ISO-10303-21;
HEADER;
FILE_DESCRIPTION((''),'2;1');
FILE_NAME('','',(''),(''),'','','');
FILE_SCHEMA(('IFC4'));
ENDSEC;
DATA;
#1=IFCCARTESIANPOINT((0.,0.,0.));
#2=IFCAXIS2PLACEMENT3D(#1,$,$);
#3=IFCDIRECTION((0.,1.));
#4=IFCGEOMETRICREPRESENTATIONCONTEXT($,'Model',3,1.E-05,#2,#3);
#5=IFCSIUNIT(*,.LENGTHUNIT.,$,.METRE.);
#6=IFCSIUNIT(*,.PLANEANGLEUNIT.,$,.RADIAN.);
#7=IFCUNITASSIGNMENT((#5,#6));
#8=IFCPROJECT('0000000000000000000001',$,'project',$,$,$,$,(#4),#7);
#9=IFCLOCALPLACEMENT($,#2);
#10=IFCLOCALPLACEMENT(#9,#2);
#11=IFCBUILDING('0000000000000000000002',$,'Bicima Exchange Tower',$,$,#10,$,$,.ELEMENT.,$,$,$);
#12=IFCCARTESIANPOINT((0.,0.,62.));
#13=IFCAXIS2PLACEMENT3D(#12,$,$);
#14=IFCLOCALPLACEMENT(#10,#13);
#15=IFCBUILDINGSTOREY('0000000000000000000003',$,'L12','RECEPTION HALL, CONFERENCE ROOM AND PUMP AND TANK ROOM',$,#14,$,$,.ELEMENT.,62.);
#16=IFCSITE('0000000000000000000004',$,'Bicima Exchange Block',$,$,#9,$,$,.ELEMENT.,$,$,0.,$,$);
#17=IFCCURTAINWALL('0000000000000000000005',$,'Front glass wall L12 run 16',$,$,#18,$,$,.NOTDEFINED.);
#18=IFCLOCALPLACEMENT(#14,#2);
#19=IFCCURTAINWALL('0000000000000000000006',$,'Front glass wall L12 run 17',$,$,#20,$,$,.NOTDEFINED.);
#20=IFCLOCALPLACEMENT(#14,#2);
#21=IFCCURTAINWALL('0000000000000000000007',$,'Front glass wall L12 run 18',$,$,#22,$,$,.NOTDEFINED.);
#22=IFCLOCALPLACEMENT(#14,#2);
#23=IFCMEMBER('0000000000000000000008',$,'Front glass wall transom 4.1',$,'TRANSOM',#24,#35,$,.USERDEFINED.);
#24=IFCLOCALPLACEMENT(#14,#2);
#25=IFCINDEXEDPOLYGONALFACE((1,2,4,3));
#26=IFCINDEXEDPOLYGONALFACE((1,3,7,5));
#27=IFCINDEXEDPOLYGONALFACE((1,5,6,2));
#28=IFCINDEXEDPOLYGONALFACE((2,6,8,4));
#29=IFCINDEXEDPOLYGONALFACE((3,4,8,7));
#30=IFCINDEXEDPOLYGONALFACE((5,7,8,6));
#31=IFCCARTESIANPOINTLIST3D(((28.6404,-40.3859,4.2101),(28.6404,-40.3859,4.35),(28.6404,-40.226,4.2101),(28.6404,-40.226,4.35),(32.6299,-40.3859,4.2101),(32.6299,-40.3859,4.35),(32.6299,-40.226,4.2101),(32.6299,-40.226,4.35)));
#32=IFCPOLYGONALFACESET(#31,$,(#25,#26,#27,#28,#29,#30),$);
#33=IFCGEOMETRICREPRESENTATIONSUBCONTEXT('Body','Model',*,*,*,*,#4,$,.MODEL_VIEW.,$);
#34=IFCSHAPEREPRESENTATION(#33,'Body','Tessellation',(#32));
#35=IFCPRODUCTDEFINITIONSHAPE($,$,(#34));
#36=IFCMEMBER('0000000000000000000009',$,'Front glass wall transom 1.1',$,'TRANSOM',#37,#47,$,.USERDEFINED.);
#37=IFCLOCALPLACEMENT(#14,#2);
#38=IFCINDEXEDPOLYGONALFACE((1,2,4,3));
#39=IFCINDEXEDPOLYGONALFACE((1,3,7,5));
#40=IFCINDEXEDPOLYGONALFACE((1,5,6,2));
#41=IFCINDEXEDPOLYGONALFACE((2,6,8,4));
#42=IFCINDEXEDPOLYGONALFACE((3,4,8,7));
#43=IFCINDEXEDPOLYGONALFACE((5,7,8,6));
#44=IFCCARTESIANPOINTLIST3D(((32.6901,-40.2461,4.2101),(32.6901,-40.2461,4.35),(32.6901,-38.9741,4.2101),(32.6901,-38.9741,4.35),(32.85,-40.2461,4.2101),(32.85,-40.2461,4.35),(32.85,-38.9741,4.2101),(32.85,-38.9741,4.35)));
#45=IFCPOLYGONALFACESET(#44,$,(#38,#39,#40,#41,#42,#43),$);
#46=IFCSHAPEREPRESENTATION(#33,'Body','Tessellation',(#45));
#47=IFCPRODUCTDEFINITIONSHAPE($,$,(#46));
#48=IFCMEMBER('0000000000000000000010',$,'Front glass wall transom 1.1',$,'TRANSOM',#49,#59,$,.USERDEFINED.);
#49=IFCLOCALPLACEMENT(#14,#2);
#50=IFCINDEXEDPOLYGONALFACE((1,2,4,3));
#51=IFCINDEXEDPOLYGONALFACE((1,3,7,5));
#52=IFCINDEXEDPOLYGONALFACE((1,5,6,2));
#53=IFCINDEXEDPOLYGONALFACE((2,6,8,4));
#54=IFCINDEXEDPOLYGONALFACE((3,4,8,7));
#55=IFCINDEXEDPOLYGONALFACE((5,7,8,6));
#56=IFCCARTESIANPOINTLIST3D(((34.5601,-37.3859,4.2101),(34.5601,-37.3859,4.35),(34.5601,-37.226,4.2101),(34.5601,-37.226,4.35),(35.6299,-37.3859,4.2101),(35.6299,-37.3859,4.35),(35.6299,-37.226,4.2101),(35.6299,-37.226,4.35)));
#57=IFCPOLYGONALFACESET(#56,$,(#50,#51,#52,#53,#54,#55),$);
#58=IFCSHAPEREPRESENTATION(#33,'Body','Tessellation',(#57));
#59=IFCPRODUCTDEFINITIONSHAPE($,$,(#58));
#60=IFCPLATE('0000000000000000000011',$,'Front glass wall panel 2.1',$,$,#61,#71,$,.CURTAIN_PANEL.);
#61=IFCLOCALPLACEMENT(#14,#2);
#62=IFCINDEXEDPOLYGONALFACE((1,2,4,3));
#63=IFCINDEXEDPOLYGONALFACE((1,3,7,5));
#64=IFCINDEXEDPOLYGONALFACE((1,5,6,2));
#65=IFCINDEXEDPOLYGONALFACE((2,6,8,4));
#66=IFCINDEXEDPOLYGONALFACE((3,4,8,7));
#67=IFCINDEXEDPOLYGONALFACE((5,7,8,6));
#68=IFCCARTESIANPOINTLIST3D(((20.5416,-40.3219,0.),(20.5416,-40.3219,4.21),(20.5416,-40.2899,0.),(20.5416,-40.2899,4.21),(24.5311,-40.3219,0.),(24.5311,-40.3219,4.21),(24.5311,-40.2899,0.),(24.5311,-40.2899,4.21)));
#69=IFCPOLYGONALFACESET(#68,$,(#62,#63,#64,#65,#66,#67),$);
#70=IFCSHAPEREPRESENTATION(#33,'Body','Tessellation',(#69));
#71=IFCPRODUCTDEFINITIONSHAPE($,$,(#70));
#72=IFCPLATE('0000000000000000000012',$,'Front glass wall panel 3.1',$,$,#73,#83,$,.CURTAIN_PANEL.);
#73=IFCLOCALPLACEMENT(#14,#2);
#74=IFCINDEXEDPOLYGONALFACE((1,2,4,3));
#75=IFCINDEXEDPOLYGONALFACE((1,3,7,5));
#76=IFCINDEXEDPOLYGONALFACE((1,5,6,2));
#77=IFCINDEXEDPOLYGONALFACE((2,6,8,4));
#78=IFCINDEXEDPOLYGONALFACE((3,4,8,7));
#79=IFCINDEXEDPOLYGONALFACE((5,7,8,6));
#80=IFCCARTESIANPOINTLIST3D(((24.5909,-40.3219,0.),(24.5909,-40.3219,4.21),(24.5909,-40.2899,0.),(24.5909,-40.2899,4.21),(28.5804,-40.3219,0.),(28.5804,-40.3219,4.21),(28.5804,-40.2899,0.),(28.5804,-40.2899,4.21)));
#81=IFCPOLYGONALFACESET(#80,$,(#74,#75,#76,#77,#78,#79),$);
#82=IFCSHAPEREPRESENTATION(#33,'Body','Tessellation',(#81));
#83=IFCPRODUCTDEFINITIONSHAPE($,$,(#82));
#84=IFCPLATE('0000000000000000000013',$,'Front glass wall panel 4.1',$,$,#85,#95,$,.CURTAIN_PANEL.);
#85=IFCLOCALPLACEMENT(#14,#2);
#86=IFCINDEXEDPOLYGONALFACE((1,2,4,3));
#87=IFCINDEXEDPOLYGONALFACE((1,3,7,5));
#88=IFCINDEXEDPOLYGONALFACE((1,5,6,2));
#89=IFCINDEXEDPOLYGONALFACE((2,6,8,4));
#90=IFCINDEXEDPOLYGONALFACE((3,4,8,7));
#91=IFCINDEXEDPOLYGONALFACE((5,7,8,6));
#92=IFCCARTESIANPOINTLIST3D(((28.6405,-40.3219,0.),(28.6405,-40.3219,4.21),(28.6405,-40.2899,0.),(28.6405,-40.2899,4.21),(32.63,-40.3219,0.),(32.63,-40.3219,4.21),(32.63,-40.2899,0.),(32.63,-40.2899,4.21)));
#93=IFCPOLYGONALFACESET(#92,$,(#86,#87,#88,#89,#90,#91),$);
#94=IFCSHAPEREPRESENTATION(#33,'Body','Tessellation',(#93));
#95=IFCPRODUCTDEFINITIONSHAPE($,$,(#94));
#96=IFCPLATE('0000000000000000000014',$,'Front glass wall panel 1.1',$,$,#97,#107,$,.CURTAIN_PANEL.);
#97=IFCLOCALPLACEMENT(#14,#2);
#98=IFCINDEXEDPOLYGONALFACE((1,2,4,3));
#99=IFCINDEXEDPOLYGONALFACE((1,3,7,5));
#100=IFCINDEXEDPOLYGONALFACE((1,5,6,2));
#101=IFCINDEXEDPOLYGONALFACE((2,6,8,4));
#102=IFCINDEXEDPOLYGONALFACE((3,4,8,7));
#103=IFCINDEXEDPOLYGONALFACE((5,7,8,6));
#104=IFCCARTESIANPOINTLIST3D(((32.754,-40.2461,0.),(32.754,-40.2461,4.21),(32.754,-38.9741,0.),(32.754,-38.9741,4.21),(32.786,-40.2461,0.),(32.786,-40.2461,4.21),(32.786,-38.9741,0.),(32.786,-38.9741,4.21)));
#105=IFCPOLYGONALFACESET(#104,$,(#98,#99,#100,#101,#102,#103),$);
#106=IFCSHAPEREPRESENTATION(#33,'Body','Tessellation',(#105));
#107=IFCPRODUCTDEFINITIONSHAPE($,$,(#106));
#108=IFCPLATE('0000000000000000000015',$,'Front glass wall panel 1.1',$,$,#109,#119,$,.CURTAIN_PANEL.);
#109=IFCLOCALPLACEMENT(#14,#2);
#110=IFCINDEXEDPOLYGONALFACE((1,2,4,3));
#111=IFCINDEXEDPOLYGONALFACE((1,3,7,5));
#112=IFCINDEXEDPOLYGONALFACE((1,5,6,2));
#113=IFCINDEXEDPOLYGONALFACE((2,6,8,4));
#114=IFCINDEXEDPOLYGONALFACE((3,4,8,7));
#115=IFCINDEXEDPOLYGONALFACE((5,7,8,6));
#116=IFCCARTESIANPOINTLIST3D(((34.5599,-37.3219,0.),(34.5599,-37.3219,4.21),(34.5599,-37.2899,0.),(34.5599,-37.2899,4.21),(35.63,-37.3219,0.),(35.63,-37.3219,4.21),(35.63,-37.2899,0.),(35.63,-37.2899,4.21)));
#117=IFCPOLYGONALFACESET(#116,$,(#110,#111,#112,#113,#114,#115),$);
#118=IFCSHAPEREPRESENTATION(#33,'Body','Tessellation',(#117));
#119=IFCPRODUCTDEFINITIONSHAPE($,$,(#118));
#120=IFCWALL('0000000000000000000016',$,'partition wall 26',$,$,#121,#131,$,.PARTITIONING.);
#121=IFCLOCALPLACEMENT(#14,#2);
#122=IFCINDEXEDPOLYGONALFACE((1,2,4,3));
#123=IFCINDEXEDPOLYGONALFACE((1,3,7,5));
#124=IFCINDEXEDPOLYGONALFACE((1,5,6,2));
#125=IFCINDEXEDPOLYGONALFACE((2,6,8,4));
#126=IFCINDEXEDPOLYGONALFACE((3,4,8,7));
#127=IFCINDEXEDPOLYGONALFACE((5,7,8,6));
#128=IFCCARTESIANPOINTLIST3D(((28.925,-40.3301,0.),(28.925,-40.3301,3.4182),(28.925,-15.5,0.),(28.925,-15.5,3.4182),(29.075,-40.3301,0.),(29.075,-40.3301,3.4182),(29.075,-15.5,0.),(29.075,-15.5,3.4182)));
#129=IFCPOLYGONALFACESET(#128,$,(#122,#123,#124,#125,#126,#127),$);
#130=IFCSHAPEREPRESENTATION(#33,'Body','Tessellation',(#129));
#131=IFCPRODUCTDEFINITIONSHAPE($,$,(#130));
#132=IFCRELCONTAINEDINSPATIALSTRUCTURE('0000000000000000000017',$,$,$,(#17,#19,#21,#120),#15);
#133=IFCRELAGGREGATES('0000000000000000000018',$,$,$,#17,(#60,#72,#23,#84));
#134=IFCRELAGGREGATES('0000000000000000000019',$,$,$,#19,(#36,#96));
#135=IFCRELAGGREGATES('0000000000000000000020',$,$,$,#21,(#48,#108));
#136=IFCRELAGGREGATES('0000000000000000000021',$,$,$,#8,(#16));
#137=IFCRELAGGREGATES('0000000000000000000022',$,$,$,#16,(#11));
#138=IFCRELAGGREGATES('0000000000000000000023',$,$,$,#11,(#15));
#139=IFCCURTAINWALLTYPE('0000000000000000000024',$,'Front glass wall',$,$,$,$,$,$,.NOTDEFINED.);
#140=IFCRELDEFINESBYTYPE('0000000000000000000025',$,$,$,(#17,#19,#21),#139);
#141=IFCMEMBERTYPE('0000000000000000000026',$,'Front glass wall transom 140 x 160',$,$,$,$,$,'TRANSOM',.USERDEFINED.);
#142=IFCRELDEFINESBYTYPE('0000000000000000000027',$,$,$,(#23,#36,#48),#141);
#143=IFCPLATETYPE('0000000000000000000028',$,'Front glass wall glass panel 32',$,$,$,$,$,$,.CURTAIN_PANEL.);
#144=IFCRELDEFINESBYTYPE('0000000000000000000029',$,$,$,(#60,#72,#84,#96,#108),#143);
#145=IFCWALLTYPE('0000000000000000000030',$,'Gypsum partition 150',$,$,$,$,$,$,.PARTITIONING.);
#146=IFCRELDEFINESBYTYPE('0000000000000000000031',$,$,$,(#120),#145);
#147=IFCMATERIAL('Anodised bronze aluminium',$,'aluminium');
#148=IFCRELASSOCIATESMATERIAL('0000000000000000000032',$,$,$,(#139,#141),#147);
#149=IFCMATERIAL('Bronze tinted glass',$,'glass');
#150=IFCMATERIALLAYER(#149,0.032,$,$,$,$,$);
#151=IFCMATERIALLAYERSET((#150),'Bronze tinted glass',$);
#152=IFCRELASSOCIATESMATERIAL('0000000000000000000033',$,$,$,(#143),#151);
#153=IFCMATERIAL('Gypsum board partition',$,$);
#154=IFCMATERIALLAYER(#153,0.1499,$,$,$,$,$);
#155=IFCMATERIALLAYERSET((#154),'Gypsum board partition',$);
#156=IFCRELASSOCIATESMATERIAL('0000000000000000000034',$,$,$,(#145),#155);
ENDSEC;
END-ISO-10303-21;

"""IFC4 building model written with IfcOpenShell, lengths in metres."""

from ifc_helpers import new_model, si_unit, direction, frame, frame_2d, origin, origin_2d, place, context, subcontext, project, spatial, rectangle, extrude, material, layer, layer_set, material_profile, profile_set, type_object, element, aggregate, save


model = new_model("IFC4")

# Units and contexts
model_context = context("Model", 3, precision=1e-05, world=origin(), true_north=direction((0.0, 1.0)))
body_context = subcontext(model_context, "Body", "Model", "MODEL_VIEW")
ifc_project = project(units=[si_unit("LENGTHUNIT", "METRE"), si_unit("PLANEANGLEUNIT", "RADIAN")], contexts=[model_context])

# Site, building, storey
site_placement = place(None, origin())
site = spatial("IfcSite", under=ifc_project, at=site_placement, Name="Bicima Exchange Block", CompositionType="ELEMENT", RefElevation=0.0)
building_placement = place(site_placement, origin())
building = spatial("IfcBuilding", under=site, at=building_placement, Name="Bicima Exchange Tower", CompositionType="ELEMENT")
storey_placement = place(building_placement, frame((0.0, 0.0, 62.0)))
storey = spatial("IfcBuildingStorey", under=building, at=storey_placement, Name="L12", Description="RECEPTION HALL, CONFERENCE ROOM AND PUMP AND TANK ROOM", CompositionType="ELEMENT", Elevation=62.0)

# Shared definitions
ifc_material_1 = material(Name="Anodised bronze aluminium", Category="aluminium")

# Curtain walls
curtain_wall_type_1 = type_object("IfcCurtainWallType", Name="Front glass wall", PredefinedType="NOTDEFINED", material=ifc_material_1)
curtain_wall_1_placement = place(storey_placement, origin())
curtain_wall_1 = element("IfcCurtainWall", 1, at=curtain_wall_1_placement, inside=storey, type_object=curtain_wall_type_1, Name="Front glass wall L12 run 16", PredefinedType="NOTDEFINED")
curtain_wall_2_placement = place(storey_placement, origin())
curtain_wall_2 = element("IfcCurtainWall", 2, at=curtain_wall_2_placement, inside=storey, type_object=curtain_wall_type_1, Name="Front glass wall L12 run 17", PredefinedType="NOTDEFINED")
curtain_wall_3_placement = place(storey_placement, origin())
curtain_wall_3 = element("IfcCurtainWall", 3, at=curtain_wall_3_placement, inside=storey, type_object=curtain_wall_type_1, Name="Front glass wall L12 run 18", PredefinedType="NOTDEFINED")

# Members
ifc_material_profile_1 = material_profile(ifc_material_1, rectangle(XDim=0.1599, YDim=0.1399, at=origin_2d()))
ifc_profile_set_1 = profile_set([ifc_material_profile_1], Name="Anodised bronze aluminium")
member_type_1 = type_object("IfcMemberType", Name="Front glass wall transom 140 x 160", ElementType="TRANSOM", PredefinedType="USERDEFINED", material=ifc_profile_set_1)
member_1_placement = place(storey_placement, frame((28.6404, -40.3059, 4.28), z_axis=(1.0, 0.0, 0.0), x_axis=(0.0, 1.0, 0.0)))
member_1 = element("IfcMember", 4, at=member_1_placement, type_object=member_type_1, Name="Front glass wall transom 4.1", ObjectType="TRANSOM", PredefinedType="USERDEFINED", context=body_context, shape_type="SweptSolid", body=[
    extrude(rectangle(XDim=0.1599, YDim=0.1399, at=origin_2d()), origin(), (0.0, 0.0, 1.0), 3.9895),
])
member_2_placement = place(storey_placement, frame((32.77, -40.2461, 4.28), z_axis=(0.0, 1.0, 0.0), x_axis=(-1.0, 0.0, 0.0)))
member_2 = element("IfcMember", 5, at=member_2_placement, type_object=member_type_1, Name="Front glass wall transom 1.1", ObjectType="TRANSOM", PredefinedType="USERDEFINED", context=body_context, shape_type="SweptSolid", body=[
    extrude(rectangle(XDim=0.1599, YDim=0.1399, at=origin_2d()), origin(), (0.0, 0.0, 1.0), 1.272),
])
member_3_placement = place(storey_placement, frame((34.5601, -37.3059, 4.28), z_axis=(1.0, 0.0, 0.0), x_axis=(0.0, 1.0, 0.0)))
member_3 = element("IfcMember", 6, at=member_3_placement, type_object=member_type_1, Name="Front glass wall transom 1.1", ObjectType="TRANSOM", PredefinedType="USERDEFINED", context=body_context, shape_type="SweptSolid", body=[
    extrude(rectangle(XDim=0.1599, YDim=0.1399, at=origin_2d()), origin(), (0.0, 0.0, 1.0), 1.0698),
])

# Plates
ifc_material_2 = material(Name="Bronze tinted glass", Category="glass")
ifc_layer_1 = layer(ifc_material_2, 0.032)
ifc_layer_set_1 = layer_set([ifc_layer_1], Name="Bronze tinted glass")
plate_type = type_object("IfcPlateType", Name="Front glass wall glass panel 32", PredefinedType="CURTAIN_PANEL", material=ifc_layer_set_1)
plate_1_placement = place(storey_placement, frame((22.5364, -40.3059, 0.0), z_axis=(0.0, 0.0, 1.0), x_axis=(1.0, 0.0, 0.0)))
plate_1 = element("IfcPlate", 7, at=plate_1_placement, type_object=plate_type, Name="Front glass wall panel 2.1", PredefinedType="CURTAIN_PANEL", context=body_context, shape_type="SweptSolid", body=[
    extrude(rectangle(XDim=3.9895, YDim=0.032, at=origin_2d()), origin(), (0.0, 0.0, 1.0), 4.21),
])
plate_2_placement = place(storey_placement, frame((26.5857, -40.3059, 0.0), z_axis=(0.0, 0.0, 1.0), x_axis=(1.0, 0.0, 0.0)))
plate_2 = element("IfcPlate", 8, at=plate_2_placement, type_object=plate_type, Name="Front glass wall panel 3.1", PredefinedType="CURTAIN_PANEL", context=body_context, shape_type="SweptSolid", body=[
    extrude(rectangle(XDim=3.9895, YDim=0.032, at=origin_2d()), origin(), (0.0, 0.0, 1.0), 4.21),
])
plate_3_placement = place(storey_placement, frame((30.6353, -40.3059, 0.0), z_axis=(0.0, 0.0, 1.0), x_axis=(1.0, 0.0, 0.0)))
plate_3 = element("IfcPlate", 9, at=plate_3_placement, type_object=plate_type, Name="Front glass wall panel 4.1", PredefinedType="CURTAIN_PANEL", context=body_context, shape_type="SweptSolid", body=[
    extrude(rectangle(XDim=3.9895, YDim=0.032, at=origin_2d()), origin(), (0.0, 0.0, 1.0), 4.21),
])
aggregate(curtain_wall_1, [plate_1, plate_2, member_1, plate_3])
plate_4_placement = place(storey_placement, frame((32.77, -39.6101, 0.0), z_axis=(0.0, 0.0, 1.0), x_axis=(0.0, 1.0, 0.0)))
plate_4 = element("IfcPlate", 10, at=plate_4_placement, type_object=plate_type, Name="Front glass wall panel 1.1", PredefinedType="CURTAIN_PANEL", context=body_context, shape_type="SweptSolid", body=[
    extrude(rectangle(XDim=1.272, YDim=0.032, at=origin_2d()), origin(), (0.0, 0.0, 1.0), 4.21),
])
aggregate(curtain_wall_2, [member_2, plate_4])
plate_5_placement = place(storey_placement, frame((35.095, -37.3059, 0.0), z_axis=(0.0, 0.0, 1.0), x_axis=(1.0, 0.0, 0.0)))
plate_5 = element("IfcPlate", 11, at=plate_5_placement, type_object=plate_type, Name="Front glass wall panel 1.1", PredefinedType="CURTAIN_PANEL", context=body_context, shape_type="SweptSolid", body=[
    extrude(rectangle(XDim=1.0701, YDim=0.032, at=origin_2d()), origin(), (0.0, 0.0, 1.0), 4.21),
])
aggregate(curtain_wall_3, [member_3, plate_5])

# Wall
ifc_material_3 = material(Name="Gypsum board partition")
ifc_layer_2 = layer(ifc_material_3, 0.1499)
ifc_layer_set_2 = layer_set([ifc_layer_2], Name="Gypsum board partition")
wall_type = type_object("IfcWallType", Name="Gypsum partition 150", PredefinedType="PARTITIONING", material=ifc_layer_set_2)
wall_placement = place(storey_placement, frame((29.0, -40.3301, 0.0), z_axis=(0.0, 0.0, 1.0), x_axis=(0.0, 1.0, 0.0)))
element("IfcWall", 12, at=wall_placement, inside=storey, type_object=wall_type, Name="partition wall 26", PredefinedType="PARTITIONING", context=body_context, shape_type="SweptSolid", body=[
    extrude(rectangle(XDim=24.8301, YDim=0.1499, at=frame_2d((12.415, 0.0))), origin(), (0.0, 0.0, 1.0), 3.4182),
])

save(model, "model.ifc")
